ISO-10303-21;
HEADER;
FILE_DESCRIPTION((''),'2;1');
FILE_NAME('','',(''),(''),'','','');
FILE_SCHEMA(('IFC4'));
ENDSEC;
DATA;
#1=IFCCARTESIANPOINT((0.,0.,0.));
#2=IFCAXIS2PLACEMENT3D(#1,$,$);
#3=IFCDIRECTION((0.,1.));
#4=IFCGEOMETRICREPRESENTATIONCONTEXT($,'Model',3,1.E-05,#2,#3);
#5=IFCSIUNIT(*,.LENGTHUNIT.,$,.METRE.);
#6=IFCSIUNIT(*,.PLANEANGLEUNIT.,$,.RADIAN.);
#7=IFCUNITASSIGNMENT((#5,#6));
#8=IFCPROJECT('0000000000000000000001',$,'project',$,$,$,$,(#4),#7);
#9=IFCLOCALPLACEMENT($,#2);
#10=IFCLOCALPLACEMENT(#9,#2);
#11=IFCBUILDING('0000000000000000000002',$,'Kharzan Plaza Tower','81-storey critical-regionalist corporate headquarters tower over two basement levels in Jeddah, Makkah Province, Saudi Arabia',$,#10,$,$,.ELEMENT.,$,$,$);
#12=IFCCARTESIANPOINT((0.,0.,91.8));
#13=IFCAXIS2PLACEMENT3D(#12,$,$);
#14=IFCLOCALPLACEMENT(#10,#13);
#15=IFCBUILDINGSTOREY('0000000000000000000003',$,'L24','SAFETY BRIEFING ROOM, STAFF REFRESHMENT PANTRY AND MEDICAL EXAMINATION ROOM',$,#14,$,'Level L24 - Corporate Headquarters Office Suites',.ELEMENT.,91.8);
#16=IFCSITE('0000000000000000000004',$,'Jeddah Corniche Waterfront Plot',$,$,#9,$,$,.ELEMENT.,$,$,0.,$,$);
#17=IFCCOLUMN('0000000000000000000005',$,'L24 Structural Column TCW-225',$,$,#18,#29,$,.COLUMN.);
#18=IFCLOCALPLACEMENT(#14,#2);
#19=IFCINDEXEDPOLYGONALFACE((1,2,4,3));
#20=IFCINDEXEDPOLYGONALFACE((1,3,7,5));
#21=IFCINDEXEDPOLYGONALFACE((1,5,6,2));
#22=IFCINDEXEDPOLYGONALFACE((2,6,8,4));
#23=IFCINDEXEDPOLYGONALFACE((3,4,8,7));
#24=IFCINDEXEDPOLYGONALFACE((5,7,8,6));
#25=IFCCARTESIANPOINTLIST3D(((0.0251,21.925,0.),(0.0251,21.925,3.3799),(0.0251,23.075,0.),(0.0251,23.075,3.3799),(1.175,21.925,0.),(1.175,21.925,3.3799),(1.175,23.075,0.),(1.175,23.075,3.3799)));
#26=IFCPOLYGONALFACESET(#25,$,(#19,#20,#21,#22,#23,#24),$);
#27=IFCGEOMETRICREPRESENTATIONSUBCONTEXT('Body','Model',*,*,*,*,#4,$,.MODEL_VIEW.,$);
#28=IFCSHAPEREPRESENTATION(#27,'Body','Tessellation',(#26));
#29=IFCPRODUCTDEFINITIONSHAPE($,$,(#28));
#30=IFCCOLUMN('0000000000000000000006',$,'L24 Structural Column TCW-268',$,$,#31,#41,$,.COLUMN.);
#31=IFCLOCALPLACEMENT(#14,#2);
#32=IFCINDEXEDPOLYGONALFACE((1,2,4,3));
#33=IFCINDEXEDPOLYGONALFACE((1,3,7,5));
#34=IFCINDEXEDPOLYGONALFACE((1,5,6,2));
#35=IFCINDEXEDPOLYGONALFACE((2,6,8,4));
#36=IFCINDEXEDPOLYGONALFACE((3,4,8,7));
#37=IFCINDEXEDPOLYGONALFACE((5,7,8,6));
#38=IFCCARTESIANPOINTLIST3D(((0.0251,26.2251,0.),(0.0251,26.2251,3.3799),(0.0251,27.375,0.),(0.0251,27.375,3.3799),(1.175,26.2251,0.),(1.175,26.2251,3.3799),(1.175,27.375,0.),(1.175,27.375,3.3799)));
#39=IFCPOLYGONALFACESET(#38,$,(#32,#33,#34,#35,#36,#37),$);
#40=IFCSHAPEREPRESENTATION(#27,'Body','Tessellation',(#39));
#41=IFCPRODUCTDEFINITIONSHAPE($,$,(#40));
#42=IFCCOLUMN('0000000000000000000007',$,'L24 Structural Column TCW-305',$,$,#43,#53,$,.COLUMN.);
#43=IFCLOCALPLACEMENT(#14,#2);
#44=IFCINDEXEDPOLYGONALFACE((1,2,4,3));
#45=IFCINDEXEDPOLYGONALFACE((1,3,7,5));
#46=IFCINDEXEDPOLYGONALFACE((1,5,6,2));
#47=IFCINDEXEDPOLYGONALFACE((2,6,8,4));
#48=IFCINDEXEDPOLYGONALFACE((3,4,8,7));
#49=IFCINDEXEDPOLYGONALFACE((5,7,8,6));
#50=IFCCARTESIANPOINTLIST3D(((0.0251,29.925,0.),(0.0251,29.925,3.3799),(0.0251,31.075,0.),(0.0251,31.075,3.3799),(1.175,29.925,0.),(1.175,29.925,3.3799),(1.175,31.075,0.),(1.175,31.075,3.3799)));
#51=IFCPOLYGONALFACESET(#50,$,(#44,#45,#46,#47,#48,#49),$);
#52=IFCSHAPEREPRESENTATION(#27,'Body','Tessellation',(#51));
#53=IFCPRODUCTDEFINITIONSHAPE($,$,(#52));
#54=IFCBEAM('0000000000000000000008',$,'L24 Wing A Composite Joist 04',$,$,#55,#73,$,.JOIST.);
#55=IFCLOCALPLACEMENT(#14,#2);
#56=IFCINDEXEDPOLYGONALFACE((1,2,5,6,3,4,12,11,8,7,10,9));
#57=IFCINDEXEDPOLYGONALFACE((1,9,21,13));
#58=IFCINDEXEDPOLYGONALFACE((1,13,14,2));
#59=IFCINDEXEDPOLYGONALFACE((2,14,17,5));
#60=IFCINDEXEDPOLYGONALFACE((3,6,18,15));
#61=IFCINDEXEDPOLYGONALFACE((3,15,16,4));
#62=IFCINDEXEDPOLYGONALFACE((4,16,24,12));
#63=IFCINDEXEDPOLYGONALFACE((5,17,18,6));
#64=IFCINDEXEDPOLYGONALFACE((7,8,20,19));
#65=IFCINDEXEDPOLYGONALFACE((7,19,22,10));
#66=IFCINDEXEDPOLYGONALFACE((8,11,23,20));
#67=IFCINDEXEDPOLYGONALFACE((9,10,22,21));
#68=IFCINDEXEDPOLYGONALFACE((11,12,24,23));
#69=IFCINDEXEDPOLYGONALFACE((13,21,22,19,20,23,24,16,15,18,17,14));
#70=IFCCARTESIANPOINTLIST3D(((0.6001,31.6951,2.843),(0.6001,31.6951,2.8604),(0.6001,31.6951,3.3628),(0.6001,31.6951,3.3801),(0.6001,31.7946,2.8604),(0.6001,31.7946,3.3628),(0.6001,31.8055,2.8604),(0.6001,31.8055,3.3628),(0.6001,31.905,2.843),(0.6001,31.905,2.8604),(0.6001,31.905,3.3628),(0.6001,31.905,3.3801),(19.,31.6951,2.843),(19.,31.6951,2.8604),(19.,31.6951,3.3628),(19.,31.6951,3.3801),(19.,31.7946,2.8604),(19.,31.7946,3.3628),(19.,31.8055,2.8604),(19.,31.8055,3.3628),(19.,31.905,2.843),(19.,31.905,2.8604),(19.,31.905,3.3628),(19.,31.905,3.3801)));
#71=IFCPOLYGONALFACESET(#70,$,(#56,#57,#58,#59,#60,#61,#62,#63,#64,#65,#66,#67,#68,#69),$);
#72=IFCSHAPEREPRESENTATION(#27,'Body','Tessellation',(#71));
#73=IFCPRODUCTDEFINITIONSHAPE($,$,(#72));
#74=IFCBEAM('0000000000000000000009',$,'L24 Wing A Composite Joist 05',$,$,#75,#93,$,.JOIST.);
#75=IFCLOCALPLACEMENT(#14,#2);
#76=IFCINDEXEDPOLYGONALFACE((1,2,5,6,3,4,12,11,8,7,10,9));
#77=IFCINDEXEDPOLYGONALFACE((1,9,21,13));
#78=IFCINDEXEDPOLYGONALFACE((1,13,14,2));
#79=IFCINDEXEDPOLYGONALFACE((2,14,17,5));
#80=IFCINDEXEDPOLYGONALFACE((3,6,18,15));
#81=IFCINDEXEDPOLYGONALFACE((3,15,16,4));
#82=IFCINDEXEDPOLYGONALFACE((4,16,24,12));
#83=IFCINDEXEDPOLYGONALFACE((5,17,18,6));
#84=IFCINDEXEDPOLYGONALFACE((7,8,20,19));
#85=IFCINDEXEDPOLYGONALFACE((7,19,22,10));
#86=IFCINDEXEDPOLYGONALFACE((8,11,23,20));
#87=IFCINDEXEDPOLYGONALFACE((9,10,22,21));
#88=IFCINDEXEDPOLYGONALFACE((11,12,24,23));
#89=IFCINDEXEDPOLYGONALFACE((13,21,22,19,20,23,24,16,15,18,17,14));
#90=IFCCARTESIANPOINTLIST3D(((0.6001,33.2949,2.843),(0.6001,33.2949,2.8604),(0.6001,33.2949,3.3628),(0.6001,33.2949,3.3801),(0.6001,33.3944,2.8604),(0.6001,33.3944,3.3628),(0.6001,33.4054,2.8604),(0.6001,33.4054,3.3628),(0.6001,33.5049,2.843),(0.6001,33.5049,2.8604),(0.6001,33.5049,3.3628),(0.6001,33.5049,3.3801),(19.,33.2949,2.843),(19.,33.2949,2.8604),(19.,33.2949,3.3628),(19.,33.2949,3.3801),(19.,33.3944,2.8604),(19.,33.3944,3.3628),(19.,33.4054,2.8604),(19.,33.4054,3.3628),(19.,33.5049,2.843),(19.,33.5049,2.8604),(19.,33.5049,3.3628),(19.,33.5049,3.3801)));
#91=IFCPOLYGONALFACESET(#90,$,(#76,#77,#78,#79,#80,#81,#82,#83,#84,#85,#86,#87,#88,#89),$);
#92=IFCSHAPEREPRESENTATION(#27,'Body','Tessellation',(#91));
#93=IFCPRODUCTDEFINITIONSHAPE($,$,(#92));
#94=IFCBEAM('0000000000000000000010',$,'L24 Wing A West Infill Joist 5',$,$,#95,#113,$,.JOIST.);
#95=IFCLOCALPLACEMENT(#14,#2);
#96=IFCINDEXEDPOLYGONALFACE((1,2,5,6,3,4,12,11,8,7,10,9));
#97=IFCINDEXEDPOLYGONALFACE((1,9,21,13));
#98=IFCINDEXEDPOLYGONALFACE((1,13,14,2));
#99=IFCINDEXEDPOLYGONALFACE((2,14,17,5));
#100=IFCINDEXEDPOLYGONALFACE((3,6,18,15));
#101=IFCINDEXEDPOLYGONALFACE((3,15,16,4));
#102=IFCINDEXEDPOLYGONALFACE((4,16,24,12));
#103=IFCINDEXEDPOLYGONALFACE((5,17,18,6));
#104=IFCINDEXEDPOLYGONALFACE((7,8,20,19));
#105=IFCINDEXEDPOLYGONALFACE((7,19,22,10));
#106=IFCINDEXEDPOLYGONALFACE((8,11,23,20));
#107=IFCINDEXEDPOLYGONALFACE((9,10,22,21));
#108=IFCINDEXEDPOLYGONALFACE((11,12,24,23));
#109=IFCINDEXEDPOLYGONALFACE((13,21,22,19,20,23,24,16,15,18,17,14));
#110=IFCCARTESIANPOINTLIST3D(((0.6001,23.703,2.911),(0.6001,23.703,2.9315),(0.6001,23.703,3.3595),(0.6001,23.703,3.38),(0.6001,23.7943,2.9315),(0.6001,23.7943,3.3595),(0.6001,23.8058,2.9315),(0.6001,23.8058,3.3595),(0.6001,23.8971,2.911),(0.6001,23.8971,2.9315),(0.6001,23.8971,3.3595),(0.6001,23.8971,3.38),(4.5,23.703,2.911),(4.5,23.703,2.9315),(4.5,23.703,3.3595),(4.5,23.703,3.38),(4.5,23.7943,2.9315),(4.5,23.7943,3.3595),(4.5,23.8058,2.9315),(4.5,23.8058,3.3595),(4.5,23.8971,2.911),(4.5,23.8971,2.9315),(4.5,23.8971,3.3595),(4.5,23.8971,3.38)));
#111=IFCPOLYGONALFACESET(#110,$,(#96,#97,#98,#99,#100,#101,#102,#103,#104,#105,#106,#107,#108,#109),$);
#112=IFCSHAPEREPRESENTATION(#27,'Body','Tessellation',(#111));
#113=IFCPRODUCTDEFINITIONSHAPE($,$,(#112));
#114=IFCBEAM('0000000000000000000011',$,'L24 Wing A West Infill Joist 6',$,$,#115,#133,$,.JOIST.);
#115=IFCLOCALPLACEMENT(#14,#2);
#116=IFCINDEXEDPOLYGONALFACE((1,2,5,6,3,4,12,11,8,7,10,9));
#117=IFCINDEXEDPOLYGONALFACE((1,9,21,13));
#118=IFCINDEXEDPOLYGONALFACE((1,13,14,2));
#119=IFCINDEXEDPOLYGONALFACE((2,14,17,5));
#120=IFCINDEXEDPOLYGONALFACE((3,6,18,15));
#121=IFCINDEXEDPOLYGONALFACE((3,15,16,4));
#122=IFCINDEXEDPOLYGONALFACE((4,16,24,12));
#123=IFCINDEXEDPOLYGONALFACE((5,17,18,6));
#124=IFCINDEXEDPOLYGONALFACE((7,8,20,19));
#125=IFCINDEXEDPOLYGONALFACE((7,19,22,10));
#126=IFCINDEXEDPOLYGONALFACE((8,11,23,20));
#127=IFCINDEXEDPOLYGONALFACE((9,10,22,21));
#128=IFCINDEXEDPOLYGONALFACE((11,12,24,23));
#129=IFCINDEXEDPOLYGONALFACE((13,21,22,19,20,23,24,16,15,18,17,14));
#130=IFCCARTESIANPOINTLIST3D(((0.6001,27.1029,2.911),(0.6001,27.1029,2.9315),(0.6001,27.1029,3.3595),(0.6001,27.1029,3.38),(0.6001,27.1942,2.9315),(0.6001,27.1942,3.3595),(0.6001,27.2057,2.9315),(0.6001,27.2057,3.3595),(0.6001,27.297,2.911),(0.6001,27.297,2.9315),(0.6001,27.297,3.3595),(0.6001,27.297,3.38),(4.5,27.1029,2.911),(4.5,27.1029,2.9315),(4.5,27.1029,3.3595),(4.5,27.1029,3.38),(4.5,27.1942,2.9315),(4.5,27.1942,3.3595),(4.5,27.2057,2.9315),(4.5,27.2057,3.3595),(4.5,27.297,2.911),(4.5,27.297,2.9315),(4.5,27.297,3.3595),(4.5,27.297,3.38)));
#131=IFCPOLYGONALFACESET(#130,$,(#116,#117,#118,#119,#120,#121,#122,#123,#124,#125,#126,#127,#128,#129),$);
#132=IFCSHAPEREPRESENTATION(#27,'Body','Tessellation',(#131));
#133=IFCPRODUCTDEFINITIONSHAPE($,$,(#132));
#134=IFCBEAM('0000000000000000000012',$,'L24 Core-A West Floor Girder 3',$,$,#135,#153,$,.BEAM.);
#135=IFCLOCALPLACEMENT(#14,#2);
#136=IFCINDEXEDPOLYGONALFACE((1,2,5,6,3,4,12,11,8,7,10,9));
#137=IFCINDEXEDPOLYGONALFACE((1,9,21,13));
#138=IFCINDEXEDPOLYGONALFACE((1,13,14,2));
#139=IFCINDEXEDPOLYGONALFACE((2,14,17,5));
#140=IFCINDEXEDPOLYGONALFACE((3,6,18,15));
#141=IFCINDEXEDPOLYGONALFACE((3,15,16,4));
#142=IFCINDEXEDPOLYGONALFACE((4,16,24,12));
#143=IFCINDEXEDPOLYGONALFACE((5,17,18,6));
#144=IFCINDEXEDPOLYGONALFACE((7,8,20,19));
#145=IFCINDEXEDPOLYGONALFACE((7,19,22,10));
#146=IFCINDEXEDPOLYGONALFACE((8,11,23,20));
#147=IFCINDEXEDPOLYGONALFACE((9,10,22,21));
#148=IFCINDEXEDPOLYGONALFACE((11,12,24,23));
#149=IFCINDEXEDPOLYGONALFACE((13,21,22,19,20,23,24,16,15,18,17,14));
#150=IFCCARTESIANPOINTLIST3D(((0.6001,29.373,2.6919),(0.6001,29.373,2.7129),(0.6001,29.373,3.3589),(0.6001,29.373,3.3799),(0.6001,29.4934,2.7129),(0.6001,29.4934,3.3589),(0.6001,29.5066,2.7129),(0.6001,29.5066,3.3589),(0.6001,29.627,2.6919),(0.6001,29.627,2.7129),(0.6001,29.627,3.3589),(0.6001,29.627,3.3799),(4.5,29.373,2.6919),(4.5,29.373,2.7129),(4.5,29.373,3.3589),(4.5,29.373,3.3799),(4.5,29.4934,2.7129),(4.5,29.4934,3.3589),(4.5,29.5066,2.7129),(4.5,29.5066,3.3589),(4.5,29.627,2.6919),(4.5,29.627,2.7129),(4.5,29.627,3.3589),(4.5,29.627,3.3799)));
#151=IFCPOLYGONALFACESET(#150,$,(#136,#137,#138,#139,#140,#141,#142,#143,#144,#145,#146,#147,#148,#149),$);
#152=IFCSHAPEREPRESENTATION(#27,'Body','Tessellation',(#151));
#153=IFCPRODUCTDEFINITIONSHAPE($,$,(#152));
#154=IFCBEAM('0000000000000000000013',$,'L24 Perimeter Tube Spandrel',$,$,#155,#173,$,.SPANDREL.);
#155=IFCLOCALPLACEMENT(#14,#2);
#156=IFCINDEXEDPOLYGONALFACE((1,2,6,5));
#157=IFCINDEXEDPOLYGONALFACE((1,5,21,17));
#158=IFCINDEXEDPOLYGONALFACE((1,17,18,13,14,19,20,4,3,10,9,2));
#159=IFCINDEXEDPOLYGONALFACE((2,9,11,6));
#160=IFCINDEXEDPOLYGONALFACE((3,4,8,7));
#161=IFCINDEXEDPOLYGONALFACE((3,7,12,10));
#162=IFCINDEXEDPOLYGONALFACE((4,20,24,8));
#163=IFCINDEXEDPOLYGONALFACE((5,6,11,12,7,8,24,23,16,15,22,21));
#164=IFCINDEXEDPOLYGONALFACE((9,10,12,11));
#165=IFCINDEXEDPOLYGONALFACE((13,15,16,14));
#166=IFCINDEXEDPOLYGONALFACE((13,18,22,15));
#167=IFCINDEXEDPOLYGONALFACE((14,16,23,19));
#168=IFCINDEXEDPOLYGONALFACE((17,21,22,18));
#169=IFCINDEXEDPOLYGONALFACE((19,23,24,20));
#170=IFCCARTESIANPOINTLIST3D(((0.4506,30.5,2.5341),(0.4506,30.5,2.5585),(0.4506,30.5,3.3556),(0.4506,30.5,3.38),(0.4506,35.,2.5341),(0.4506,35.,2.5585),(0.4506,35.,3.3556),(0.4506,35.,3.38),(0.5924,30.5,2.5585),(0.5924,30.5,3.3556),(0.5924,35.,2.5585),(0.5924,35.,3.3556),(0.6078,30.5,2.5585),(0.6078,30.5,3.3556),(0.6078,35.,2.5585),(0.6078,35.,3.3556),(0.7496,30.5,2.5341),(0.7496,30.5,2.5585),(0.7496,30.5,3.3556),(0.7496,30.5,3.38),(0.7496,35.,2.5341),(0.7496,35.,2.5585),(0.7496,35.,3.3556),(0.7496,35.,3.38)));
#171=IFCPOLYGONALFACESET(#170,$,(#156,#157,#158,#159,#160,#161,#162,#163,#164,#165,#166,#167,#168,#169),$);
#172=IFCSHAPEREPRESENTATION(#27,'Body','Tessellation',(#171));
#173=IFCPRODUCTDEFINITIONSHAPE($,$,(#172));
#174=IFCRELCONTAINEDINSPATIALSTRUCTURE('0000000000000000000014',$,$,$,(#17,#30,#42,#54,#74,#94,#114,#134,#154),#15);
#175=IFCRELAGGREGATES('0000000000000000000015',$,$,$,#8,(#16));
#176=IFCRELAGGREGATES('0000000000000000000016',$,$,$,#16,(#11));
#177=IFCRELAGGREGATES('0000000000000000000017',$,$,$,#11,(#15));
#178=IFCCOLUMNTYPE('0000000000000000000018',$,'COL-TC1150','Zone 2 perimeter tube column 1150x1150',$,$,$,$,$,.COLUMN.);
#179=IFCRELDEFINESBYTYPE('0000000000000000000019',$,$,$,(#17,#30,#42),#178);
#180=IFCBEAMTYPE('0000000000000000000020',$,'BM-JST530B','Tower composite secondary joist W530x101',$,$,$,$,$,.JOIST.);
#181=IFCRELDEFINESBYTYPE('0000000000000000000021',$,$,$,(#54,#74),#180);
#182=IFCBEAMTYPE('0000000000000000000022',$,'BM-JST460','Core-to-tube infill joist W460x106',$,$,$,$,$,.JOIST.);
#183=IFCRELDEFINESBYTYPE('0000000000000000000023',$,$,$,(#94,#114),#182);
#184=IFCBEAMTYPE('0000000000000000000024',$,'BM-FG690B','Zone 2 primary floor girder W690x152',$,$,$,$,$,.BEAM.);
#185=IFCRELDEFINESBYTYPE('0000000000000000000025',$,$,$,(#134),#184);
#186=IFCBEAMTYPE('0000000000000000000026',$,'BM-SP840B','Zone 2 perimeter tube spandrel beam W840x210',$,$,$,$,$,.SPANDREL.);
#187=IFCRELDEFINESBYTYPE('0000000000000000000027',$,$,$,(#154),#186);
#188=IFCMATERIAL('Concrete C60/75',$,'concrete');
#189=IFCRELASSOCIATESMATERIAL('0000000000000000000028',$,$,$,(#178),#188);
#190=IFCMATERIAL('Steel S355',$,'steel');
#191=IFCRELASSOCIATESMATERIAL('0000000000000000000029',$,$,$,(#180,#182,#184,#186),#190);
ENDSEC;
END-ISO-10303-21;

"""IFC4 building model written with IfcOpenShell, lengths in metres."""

from ifc_helpers import new_model, si_unit, direction, frame, origin, origin_2d, place, context, subcontext, project, spatial, rectangle, i_section, extrude, source, transform, mapped, material, material_profile, profile_set, type_object, element, save


model = new_model("IFC4")

# Units and contexts
model_context = context("Model", 3, precision=1e-05, world=origin(), true_north=direction((0.0, 1.0)))
body_context = subcontext(model_context, "Body", "Model", "MODEL_VIEW")
ifc_project = project(units=[si_unit("LENGTHUNIT", "METRE"), si_unit("PLANEANGLEUNIT", "RADIAN")], contexts=[model_context])

# Site, building, storey
site_placement = place(None, origin())
site = spatial("IfcSite", under=ifc_project, at=site_placement, Name="Jeddah Corniche Waterfront Plot", CompositionType="ELEMENT", RefElevation=0.0)
building_placement = place(site_placement, origin())
building = spatial("IfcBuilding", under=site, at=building_placement, Name="Kharzan Plaza Tower", Description="81-storey critical-regionalist corporate headquarters tower over two basement levels in Jeddah, Makkah Province, Saudi Arabia", CompositionType="ELEMENT")
storey_placement = place(building_placement, frame((0.0, 0.0, 91.8)))
storey = spatial("IfcBuildingStorey", under=building, at=storey_placement, Name="L24", Description="SAFETY BRIEFING ROOM, STAFF REFRESHMENT PANTRY AND MEDICAL EXAMINATION ROOM", LongName="Level L24 - Corporate Headquarters Office Suites", CompositionType="ELEMENT", Elevation=91.8)

# Columns
ifc_material_1 = material(Name="Concrete C60/75", Category="concrete")
ifc_material_profile_1 = material_profile(ifc_material_1, rectangle(XDim=1.1499, YDim=1.1499, at=origin_2d()), Name="RC-TC1150x1150")
ifc_profile_set_1 = profile_set([ifc_material_profile_1], Name="Concrete C60/75")
column_type = type_object("IfcColumnType", Name="COL-TC1150", Description="Zone 2 perimeter tube column 1150x1150", PredefinedType="COLUMN", material=ifc_profile_set_1)
shared_shape_1 = source(origin(), body_context, "Body", "SweptSolid", [
    extrude(rectangle(XDim=1.1499, YDim=1.1499, at=origin_2d()), origin(), (0.0, 0.0, 1.0), 3.3799),
])
for number, where, z_axis, x_axis, name in (
    (1, (0.6001, 22.5, 0.0), (0.0, 0.0, 1.0), (1.0, 0.0, 0.0), "L24 Structural Column TCW-225"),
    (2, (0.6001, 26.8, 0.0), (0.0, 0.0, 1.0), (1.0, 0.0, 0.0), "L24 Structural Column TCW-268"),
    (3, (0.6001, 30.5, 0.0), (0.0, 0.0, 1.0), (1.0, 0.0, 0.0), "L24 Structural Column TCW-305"),
):
    element("IfcColumn", number, at=place(storey_placement, frame(where, z_axis=z_axis, x_axis=x_axis)), inside=storey, type_object=column_type, Name=name, PredefinedType="COLUMN", context=body_context, shape_type="MappedRepresentation", body=[
        mapped(shared_shape_1, transform((0.0, 0.0, 0.0), x_axis=(1.0, 0.0, 0.0), y_axis=(0.0, 1.0, 0.0), z_axis=(0.0, 0.0, 1.0))),
    ])

# Beams
ifc_material_2 = material(Name="Steel S355", Category="steel")
ifc_material_profile_2 = material_profile(ifc_material_2, i_section(OverallWidth=0.21, OverallDepth=0.5371, WebThickness=0.011, FlangeThickness=0.0173, at=origin_2d()), Name="W530x101")
ifc_profile_set_2 = profile_set([ifc_material_profile_2], Name="Steel S355")
beam_type_1 = type_object("IfcBeamType", Name="BM-JST530B", Description="Tower composite secondary joist W530x101", PredefinedType="JOIST", material=ifc_profile_set_2)
shared_shape_2 = source(origin(), body_context, "Body", "SweptSolid", [
    extrude(i_section(OverallWidth=0.21, OverallDepth=0.5371, WebThickness=0.011, FlangeThickness=0.0173, at=origin_2d()), origin(), (0.0, 0.0, 1.0), 18.3999),
])
for number, where, z_axis, x_axis, name in (
    (4, (0.6001, 31.8, 3.1116), (1.0, 0.0, 0.0), (0.0, 1.0, 0.0), "L24 Wing A Composite Joist 04"),
    (5, (0.6001, 33.3999, 3.1116), (1.0, 0.0, 0.0), (0.0, 1.0, 0.0), "L24 Wing A Composite Joist 05"),
):
    element("IfcBeam", number, at=place(storey_placement, frame(where, z_axis=z_axis, x_axis=x_axis)), inside=storey, type_object=beam_type_1, Name=name, PredefinedType="JOIST", context=body_context, shape_type="MappedRepresentation", body=[
        mapped(shared_shape_2, transform((0.0, 0.0, 0.0), x_axis=(1.0, 0.0, 0.0), y_axis=(0.0, 1.0, 0.0), z_axis=(0.0, 0.0, 1.0))),
    ])
ifc_material_profile_3 = material_profile(ifc_material_2, i_section(OverallWidth=0.1941, OverallDepth=0.469, WebThickness=0.0115, FlangeThickness=0.0205, at=origin_2d()), Name="W460x106")
ifc_profile_set_3 = profile_set([ifc_material_profile_3], Name="Steel S355")
beam_type_2 = type_object("IfcBeamType", Name="BM-JST460", Description="Core-to-tube infill joist W460x106", PredefinedType="JOIST", material=ifc_profile_set_3)
shared_shape_3 = source(origin(), body_context, "Body", "SweptSolid", [
    extrude(i_section(OverallWidth=0.1941, OverallDepth=0.469, WebThickness=0.0115, FlangeThickness=0.0205, at=origin_2d()), origin(), (0.0, 0.0, 1.0), 3.8999),
])
for number, where, z_axis, x_axis, name in (
    (6, (0.6001, 23.8, 3.1455), (1.0, 0.0, 0.0), (0.0, 1.0, 0.0), "L24 Wing A West Infill Joist 5"),
    (7, (0.6001, 27.2, 3.1455), (1.0, 0.0, 0.0), (0.0, 1.0, 0.0), "L24 Wing A West Infill Joist 6"),
):
    element("IfcBeam", number, at=place(storey_placement, frame(where, z_axis=z_axis, x_axis=x_axis)), inside=storey, type_object=beam_type_2, Name=name, PredefinedType="JOIST", context=body_context, shape_type="MappedRepresentation", body=[
        mapped(shared_shape_3, transform((0.0, 0.0, 0.0), x_axis=(1.0, 0.0, 0.0), y_axis=(0.0, 1.0, 0.0), z_axis=(0.0, 0.0, 1.0))),
    ])
ifc_material_profile_4 = material_profile(ifc_material_2, i_section(OverallWidth=0.2539, OverallDepth=0.688, WebThickness=0.0132, FlangeThickness=0.021, at=origin_2d()), Name="W690x152")
ifc_profile_set_4 = profile_set([ifc_material_profile_4], Name="Steel S355")
beam_type_3 = type_object("IfcBeamType", Name="BM-FG690B", Description="Zone 2 primary floor girder W690x152", PredefinedType="BEAM", material=ifc_profile_set_4)
shared_shape_4 = source(origin(), body_context, "Body", "SweptSolid", [
    extrude(i_section(OverallWidth=0.2539, OverallDepth=0.688, WebThickness=0.0132, FlangeThickness=0.021, at=origin_2d()), origin(), (0.0, 0.0, 1.0), 3.8999),
])
beam_1_placement = place(storey_placement, frame((0.6001, 29.5, 3.0359), z_axis=(1.0, 0.0, 0.0), x_axis=(0.0, 1.0, 0.0)))
element("IfcBeam", 8, at=beam_1_placement, inside=storey, type_object=beam_type_3, Name="L24 Core-A West Floor Girder 3", PredefinedType="BEAM", context=body_context, shape_type="MappedRepresentation", body=[
    mapped(shared_shape_4, transform((0.0, 0.0, 0.0), x_axis=(1.0, 0.0, 0.0), y_axis=(0.0, 1.0, 0.0), z_axis=(0.0, 0.0, 1.0))),
])
ifc_material_profile_5 = material_profile(ifc_material_2, i_section(OverallWidth=0.2991, OverallDepth=0.8459, WebThickness=0.0154, FlangeThickness=0.0244, at=origin_2d()), Name="W840x210")
ifc_profile_set_5 = profile_set([ifc_material_profile_5], Name="Steel S355")
beam_type_4 = type_object("IfcBeamType", Name="BM-SP840B", Description="Zone 2 perimeter tube spandrel beam W840x210", PredefinedType="SPANDREL", material=ifc_profile_set_5)
shared_shape_5 = source(origin(), body_context, "Body", "SweptSolid", [
    extrude(i_section(OverallWidth=0.2991, OverallDepth=0.8459, WebThickness=0.0154, FlangeThickness=0.0244, at=origin_2d()), origin(), (0.0, 0.0, 1.0), 4.5),
])
beam_2_placement = place(storey_placement, frame((0.6001, 30.5, 2.957), z_axis=(0.0, 1.0, 0.0), x_axis=(-1.0, 0.0, 0.0)))
element("IfcBeam", 9, at=beam_2_placement, inside=storey, type_object=beam_type_4, Name="L24 Perimeter Tube Spandrel", PredefinedType="SPANDREL", context=body_context, shape_type="MappedRepresentation", body=[
    mapped(shared_shape_5, transform((0.0, 0.0, 0.0), x_axis=(1.0, 0.0, 0.0), y_axis=(0.0, 1.0, 0.0), z_axis=(0.0, 0.0, 1.0))),
])

save(model, "model.ifc")
